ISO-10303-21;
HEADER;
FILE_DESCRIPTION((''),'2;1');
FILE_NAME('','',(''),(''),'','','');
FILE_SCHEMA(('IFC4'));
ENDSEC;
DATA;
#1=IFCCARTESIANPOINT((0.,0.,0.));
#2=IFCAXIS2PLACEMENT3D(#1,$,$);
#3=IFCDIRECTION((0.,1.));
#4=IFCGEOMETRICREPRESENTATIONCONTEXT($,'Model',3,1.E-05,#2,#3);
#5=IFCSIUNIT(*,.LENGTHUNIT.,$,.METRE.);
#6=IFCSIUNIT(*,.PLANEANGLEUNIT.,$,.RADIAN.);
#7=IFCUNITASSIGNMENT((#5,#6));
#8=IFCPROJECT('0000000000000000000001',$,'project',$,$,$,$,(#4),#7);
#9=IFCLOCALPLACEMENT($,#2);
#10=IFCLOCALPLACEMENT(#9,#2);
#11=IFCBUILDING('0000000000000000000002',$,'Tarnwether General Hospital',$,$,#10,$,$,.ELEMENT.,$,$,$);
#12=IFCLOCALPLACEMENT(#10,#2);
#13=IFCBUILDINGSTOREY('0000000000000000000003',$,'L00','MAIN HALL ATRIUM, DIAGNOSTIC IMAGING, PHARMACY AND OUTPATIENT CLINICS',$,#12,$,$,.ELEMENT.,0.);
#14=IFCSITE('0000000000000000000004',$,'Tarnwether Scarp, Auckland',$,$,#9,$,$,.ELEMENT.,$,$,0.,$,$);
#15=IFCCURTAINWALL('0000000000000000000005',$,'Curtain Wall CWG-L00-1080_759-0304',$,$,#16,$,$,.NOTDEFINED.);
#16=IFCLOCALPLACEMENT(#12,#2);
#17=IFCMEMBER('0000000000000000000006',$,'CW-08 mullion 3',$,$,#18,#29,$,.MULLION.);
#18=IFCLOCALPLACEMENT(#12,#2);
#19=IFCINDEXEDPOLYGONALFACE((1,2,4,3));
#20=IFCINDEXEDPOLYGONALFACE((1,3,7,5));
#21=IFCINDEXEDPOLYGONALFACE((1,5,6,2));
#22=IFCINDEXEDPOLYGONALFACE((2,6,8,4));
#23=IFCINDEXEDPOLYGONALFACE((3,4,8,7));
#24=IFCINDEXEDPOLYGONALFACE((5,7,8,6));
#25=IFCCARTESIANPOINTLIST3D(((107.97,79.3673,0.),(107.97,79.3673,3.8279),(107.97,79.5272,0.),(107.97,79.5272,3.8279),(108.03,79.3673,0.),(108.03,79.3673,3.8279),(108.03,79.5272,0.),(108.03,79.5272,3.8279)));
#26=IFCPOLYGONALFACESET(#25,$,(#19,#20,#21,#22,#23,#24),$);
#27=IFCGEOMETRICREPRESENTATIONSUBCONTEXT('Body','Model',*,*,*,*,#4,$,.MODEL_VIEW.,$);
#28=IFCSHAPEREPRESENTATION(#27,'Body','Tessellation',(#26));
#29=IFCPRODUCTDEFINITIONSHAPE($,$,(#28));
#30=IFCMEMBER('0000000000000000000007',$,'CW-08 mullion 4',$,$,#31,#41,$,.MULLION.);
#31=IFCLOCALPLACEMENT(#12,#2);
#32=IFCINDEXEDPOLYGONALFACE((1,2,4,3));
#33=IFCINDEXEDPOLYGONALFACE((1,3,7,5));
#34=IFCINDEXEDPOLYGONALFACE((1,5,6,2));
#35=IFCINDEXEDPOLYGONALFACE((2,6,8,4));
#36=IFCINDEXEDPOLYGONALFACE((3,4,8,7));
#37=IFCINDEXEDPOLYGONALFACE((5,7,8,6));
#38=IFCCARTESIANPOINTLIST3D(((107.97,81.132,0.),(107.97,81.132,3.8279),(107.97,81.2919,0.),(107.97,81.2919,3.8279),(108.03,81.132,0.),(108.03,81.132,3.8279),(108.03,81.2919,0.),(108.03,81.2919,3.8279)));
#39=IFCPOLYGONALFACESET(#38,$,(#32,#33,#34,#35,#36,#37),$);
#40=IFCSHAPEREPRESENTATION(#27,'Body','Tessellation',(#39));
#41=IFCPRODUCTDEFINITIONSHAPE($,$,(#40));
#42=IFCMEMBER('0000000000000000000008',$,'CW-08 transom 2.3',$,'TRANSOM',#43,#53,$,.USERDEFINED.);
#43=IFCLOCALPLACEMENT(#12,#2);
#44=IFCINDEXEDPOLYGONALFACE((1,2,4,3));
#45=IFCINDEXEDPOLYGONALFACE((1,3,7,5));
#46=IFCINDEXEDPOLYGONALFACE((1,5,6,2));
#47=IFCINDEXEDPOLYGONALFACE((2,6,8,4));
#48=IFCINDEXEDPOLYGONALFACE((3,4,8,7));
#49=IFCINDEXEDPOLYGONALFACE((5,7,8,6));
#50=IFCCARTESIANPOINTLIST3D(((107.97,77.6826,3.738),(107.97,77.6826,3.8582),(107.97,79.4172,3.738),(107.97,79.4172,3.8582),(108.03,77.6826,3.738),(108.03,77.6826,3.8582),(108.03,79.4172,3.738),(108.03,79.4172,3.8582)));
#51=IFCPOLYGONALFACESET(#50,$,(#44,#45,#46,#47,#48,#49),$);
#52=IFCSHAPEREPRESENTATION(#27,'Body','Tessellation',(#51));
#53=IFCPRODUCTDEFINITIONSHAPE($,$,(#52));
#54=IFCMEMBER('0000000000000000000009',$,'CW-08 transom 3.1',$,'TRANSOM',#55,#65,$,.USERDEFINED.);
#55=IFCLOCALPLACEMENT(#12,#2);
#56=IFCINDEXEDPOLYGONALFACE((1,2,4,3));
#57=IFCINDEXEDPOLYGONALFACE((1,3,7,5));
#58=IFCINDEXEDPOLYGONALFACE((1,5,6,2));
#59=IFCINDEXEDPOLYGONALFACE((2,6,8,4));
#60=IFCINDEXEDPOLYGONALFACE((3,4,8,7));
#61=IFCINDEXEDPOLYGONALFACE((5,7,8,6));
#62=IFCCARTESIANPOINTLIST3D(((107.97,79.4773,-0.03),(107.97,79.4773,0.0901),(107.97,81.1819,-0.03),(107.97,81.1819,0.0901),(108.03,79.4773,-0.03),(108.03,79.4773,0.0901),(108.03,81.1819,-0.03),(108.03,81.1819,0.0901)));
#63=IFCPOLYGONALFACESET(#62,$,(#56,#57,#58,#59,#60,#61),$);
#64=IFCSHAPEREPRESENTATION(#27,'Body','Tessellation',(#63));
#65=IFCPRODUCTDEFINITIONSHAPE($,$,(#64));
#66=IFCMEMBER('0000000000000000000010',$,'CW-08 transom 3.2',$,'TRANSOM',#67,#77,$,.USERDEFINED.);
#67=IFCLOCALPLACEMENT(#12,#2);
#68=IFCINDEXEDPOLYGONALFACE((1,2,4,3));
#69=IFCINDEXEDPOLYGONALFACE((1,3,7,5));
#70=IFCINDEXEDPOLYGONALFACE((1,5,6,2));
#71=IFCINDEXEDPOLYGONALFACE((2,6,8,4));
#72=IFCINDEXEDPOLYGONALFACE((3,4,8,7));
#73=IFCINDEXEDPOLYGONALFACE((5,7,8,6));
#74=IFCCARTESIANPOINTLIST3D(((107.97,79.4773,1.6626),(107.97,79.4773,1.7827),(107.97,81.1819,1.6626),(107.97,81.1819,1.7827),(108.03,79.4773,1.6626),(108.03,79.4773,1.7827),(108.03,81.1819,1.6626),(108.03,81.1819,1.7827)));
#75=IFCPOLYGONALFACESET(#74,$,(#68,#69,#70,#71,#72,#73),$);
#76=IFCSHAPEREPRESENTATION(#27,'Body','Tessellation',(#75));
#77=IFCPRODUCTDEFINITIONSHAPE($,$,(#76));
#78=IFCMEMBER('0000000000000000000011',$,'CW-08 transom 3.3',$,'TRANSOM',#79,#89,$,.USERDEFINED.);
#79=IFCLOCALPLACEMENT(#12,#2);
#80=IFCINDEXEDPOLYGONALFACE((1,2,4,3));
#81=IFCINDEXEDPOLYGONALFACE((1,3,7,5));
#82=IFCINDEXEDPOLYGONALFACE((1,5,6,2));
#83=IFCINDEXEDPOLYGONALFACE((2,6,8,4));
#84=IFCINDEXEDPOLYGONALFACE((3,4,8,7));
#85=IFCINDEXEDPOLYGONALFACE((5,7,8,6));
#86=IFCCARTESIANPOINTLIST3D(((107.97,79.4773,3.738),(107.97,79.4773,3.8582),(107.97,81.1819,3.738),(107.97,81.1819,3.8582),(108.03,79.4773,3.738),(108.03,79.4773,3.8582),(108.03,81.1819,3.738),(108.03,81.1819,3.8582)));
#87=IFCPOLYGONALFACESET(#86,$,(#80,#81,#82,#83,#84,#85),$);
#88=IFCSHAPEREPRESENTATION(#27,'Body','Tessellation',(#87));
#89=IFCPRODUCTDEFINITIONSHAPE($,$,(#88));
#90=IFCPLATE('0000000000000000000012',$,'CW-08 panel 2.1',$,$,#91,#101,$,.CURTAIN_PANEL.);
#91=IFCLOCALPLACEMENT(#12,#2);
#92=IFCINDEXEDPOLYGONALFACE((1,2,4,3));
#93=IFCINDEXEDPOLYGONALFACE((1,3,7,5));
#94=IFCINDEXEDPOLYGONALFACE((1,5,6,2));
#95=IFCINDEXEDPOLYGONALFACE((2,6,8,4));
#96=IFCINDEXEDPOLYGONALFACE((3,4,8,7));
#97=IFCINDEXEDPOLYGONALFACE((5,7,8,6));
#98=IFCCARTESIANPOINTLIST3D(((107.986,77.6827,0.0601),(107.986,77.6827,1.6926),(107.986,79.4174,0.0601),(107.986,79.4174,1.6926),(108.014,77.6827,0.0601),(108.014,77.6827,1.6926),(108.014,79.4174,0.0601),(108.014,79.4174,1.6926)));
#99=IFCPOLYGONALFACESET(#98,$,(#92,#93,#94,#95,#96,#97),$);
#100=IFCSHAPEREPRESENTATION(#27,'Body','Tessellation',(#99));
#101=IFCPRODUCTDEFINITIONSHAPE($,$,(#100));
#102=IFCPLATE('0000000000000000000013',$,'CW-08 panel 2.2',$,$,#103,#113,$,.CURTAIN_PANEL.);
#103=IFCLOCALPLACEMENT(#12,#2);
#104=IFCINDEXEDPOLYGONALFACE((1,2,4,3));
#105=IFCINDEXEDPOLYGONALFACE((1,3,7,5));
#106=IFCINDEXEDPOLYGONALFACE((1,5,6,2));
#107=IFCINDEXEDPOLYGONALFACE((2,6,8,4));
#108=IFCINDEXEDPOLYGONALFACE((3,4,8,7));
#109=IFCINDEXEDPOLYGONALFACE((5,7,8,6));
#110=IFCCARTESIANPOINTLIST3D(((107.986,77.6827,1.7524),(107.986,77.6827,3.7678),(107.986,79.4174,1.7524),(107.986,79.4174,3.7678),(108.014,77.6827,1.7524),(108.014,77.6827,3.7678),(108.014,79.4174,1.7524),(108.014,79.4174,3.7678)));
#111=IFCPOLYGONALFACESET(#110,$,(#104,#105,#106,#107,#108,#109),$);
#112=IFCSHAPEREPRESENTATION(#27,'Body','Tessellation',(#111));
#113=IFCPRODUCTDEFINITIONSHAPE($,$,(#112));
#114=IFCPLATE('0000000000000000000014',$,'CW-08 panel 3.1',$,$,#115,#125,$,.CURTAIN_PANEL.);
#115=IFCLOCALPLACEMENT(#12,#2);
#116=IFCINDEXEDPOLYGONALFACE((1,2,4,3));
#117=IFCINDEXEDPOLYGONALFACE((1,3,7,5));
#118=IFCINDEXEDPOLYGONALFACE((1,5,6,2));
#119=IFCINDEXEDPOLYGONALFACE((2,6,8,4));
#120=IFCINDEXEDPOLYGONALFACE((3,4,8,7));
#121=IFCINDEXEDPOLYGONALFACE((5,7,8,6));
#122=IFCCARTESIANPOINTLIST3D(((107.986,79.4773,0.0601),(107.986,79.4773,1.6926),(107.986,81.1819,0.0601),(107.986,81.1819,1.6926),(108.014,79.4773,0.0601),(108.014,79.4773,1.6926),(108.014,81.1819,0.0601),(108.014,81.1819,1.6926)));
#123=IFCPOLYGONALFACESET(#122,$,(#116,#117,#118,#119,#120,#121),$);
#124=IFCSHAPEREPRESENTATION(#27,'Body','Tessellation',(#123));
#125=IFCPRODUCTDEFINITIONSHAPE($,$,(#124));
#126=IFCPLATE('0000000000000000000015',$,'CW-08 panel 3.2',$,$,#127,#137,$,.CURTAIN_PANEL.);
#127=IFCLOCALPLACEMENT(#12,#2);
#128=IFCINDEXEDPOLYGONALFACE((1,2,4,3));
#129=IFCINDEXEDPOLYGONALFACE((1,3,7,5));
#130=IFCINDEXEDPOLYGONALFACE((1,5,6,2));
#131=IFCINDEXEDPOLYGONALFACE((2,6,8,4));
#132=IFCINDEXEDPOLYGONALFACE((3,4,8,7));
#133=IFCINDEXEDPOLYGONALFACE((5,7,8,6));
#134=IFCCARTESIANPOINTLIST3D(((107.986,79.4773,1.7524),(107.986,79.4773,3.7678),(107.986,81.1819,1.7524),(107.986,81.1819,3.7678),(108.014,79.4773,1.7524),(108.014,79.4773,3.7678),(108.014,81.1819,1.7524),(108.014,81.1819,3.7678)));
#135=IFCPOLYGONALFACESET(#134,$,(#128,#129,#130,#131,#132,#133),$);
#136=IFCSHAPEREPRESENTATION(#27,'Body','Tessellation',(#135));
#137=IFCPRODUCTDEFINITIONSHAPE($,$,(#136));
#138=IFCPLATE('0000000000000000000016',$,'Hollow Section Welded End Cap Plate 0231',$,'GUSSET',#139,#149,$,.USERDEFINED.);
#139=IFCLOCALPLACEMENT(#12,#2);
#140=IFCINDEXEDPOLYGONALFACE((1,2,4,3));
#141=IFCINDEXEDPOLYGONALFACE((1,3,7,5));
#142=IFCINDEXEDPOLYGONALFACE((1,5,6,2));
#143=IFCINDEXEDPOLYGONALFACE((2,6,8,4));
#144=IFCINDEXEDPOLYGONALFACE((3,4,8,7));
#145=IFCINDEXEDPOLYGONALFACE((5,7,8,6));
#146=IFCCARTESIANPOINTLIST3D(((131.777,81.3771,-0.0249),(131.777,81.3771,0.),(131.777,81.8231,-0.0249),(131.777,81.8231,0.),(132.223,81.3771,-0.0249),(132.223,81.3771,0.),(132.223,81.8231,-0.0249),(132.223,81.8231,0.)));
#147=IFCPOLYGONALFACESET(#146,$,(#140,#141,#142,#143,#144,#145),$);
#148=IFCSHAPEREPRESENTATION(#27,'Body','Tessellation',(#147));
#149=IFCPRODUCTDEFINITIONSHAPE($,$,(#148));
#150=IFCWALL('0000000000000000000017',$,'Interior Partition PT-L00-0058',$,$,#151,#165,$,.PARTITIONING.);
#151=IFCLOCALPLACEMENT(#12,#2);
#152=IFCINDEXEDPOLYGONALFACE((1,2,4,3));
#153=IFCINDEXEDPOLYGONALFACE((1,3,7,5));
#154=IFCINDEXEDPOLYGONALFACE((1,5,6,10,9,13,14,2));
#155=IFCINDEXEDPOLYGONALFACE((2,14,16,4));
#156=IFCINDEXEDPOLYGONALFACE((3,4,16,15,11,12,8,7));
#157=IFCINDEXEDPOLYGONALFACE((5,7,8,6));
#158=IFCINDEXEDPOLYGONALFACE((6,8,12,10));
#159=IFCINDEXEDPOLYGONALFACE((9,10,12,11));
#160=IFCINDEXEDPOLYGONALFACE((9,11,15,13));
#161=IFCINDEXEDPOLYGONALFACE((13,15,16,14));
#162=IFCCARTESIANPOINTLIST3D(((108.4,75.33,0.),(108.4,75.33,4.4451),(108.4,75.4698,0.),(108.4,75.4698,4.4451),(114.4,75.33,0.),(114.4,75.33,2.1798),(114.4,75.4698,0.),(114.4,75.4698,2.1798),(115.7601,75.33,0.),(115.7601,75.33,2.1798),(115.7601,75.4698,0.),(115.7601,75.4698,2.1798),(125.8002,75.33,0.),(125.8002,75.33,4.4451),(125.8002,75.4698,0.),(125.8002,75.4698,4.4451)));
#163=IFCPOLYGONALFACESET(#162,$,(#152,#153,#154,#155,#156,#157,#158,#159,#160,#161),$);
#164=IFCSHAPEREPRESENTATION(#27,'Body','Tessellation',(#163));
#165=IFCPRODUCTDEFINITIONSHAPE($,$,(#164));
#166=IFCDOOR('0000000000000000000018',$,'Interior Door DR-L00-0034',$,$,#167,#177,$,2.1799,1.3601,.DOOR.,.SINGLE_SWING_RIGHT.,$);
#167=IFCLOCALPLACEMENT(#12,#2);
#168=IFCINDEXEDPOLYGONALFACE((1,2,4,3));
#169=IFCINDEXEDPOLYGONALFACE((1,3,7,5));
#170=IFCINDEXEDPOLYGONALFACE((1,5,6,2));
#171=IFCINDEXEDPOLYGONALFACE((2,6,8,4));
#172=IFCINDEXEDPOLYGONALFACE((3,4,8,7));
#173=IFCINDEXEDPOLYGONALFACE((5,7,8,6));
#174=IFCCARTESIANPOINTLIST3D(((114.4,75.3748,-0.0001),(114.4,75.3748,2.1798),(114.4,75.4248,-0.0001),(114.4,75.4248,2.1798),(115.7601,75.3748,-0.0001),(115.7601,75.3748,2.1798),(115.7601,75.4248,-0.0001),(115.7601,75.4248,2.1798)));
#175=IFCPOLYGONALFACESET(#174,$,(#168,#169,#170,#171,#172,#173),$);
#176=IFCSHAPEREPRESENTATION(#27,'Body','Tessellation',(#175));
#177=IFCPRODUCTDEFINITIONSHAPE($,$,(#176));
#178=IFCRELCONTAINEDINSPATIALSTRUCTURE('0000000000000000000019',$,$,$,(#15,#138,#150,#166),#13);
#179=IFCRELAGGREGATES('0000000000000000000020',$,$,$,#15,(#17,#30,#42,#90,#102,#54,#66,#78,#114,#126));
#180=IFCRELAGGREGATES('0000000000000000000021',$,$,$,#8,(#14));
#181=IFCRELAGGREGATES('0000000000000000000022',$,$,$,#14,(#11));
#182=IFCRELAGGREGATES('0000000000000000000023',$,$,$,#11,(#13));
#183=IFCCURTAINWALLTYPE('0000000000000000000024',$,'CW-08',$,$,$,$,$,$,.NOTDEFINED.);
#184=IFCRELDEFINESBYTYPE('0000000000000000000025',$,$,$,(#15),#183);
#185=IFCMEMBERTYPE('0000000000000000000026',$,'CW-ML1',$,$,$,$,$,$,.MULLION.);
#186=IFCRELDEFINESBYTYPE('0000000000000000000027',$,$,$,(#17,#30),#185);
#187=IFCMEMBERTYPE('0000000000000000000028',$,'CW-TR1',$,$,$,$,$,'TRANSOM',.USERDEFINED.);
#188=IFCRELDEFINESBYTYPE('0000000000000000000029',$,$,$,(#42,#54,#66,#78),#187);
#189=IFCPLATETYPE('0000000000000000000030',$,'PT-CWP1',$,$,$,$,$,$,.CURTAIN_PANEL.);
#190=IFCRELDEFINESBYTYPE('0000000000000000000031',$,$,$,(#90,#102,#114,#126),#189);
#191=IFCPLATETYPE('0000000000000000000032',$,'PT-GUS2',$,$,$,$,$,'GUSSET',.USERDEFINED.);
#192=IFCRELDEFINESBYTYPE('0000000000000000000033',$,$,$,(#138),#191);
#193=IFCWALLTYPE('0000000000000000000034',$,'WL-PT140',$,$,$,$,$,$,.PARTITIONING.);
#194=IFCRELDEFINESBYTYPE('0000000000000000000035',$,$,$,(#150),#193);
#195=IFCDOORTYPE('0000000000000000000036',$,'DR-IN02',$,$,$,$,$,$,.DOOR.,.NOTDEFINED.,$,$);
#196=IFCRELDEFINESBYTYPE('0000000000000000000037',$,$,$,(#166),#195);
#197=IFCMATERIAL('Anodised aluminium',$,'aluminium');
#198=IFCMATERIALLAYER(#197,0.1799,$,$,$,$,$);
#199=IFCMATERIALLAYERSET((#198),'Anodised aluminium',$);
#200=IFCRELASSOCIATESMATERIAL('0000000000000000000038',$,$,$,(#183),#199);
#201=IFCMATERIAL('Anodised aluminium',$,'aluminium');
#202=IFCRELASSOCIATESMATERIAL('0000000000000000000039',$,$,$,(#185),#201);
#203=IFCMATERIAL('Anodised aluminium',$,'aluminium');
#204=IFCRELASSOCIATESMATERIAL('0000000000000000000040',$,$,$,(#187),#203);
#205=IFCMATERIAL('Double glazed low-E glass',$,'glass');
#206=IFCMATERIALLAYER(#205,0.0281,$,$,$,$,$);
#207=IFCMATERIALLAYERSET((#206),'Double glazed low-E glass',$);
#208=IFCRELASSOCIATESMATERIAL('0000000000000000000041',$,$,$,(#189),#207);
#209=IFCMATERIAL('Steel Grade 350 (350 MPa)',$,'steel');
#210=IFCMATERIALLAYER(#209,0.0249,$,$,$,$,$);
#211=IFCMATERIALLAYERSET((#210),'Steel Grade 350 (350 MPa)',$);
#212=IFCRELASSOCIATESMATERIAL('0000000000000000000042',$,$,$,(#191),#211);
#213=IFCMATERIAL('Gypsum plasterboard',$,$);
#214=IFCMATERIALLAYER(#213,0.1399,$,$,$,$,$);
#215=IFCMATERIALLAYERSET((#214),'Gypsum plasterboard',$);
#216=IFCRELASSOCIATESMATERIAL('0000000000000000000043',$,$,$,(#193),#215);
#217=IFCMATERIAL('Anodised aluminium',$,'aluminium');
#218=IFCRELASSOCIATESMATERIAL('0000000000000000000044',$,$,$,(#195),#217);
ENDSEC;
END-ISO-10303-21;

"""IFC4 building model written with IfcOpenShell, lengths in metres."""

from ifc_helpers import new_model, si_unit, direction, frame, frame_2d, origin, origin_2d, place, context, subcontext, project, spatial, rectangle, extrude, material, layer, layer_set, material_profile, profile_set, type_object, element, fill, aggregate, save


model = new_model("IFC4")

# Units and contexts
model_context = context("Model", 3, precision=1e-05, world=origin(), true_north=direction((0.0, 1.0)))
body_context = subcontext(model_context, "Body", "Model", "MODEL_VIEW")
ifc_project = project(units=[si_unit("LENGTHUNIT", "METRE"), si_unit("PLANEANGLEUNIT", "RADIAN")], contexts=[model_context])

# Site, building, storey
site_placement = place(None, origin())
site = spatial("IfcSite", under=ifc_project, at=site_placement, Name="Tarnwether Scarp, Auckland", CompositionType="ELEMENT", RefElevation=0.0)
building_placement = place(site_placement, origin())
building = spatial("IfcBuilding", under=site, at=building_placement, Name="Tarnwether General Hospital", CompositionType="ELEMENT")
storey_placement = place(building_placement, origin())
storey = spatial("IfcBuildingStorey", under=building, at=storey_placement, Name="L00", Description="MAIN HALL ATRIUM, DIAGNOSTIC IMAGING, PHARMACY AND OUTPATIENT CLINICS", CompositionType="ELEMENT", Elevation=0.0)

# Curtain wall, members, plates
ifc_material_1 = material(Name="Anodised aluminium", Category="aluminium")
ifc_layer_1 = layer(ifc_material_1, 0.1799)
ifc_layer_set_1 = layer_set([ifc_layer_1], Name="Anodised aluminium")
curtain_wall_type = type_object("IfcCurtainWallType", Name="CW-08", PredefinedType="NOTDEFINED", material=ifc_layer_set_1)
curtain_wall_placement = place(storey_placement, origin())
curtain_wall = element("IfcCurtainWall", 1, at=curtain_wall_placement, inside=storey, type_object=curtain_wall_type, Name="Curtain Wall CWG-L00-1080_759-0304", PredefinedType="NOTDEFINED")
ifc_material_2 = material(Name="Anodised aluminium", Category="aluminium")
ifc_material_profile_1 = material_profile(ifc_material_2, rectangle(XDim=0.0601, YDim=0.1599, at=origin_2d()), Name="ALU-MUL-60x160")
ifc_profile_set_1 = profile_set([ifc_material_profile_1], Name="Anodised aluminium")
member_type_1 = type_object("IfcMemberType", Name="CW-ML1", PredefinedType="MULLION", material=ifc_profile_set_1)
member_1_placement = place(storey_placement, frame((108.0, 79.4473, 0.0), z_axis=(0.0, 0.0, 1.0), x_axis=(-1.0, 0.0, 0.0)))
member_1 = element("IfcMember", 2, at=member_1_placement, type_object=member_type_1, Name="CW-08 mullion 3", PredefinedType="MULLION", context=body_context, shape_type="SweptSolid", body=[
    extrude(rectangle(XDim=0.0601, YDim=0.1599, at=origin_2d()), origin(), (0.0, 0.0, 1.0), 3.8279),
])
member_2_placement = place(storey_placement, frame((108.0, 81.2119, 0.0), z_axis=(0.0, 0.0, 1.0), x_axis=(-1.0, 0.0, 0.0)))
member_2 = element("IfcMember", 3, at=member_2_placement, type_object=member_type_1, Name="CW-08 mullion 4", PredefinedType="MULLION", context=body_context, shape_type="SweptSolid", body=[
    extrude(rectangle(XDim=0.0601, YDim=0.1599, at=origin_2d()), origin(), (0.0, 0.0, 1.0), 3.8279),
])
ifc_material_3 = material(Name="Anodised aluminium", Category="aluminium")
ifc_material_profile_2 = material_profile(ifc_material_3, rectangle(XDim=0.0601, YDim=0.1201, at=origin_2d()), Name="ALU-TRN-60x120")
ifc_profile_set_2 = profile_set([ifc_material_profile_2], Name="Anodised aluminium")
member_type_2 = type_object("IfcMemberType", Name="CW-TR1", ElementType="TRANSOM", PredefinedType="USERDEFINED", material=ifc_profile_set_2)
member_3_placement = place(storey_placement, frame((108.0, 77.6826, 3.7981), z_axis=(0.0, 1.0, 0.0), x_axis=(-1.0, 0.0, 0.0)))
member_3 = element("IfcMember", 4, at=member_3_placement, type_object=member_type_2, Name="CW-08 transom 2.3", ObjectType="TRANSOM", PredefinedType="USERDEFINED", context=body_context, shape_type="SweptSolid", body=[
    extrude(rectangle(XDim=0.0601, YDim=0.1201, at=origin_2d()), origin(), (0.0, 0.0, 1.0), 1.7346),
])
member_4_placement = place(storey_placement, frame((108.0, 79.4773, 0.03), z_axis=(0.0, 1.0, 0.0), x_axis=(-1.0, 0.0, 0.0)))
member_4 = element("IfcMember", 5, at=member_4_placement, type_object=member_type_2, Name="CW-08 transom 3.1", ObjectType="TRANSOM", PredefinedType="USERDEFINED", context=body_context, shape_type="SweptSolid", body=[
    extrude(rectangle(XDim=0.0601, YDim=0.1201, at=origin_2d()), origin(), (0.0, 0.0, 1.0), 1.7046),
])
member_5_placement = place(storey_placement, frame((108.0, 79.4773, 1.7227), z_axis=(0.0, 1.0, 0.0), x_axis=(-1.0, 0.0, 0.0)))
member_5 = element("IfcMember", 6, at=member_5_placement, type_object=member_type_2, Name="CW-08 transom 3.2", ObjectType="TRANSOM", PredefinedType="USERDEFINED", context=body_context, shape_type="SweptSolid", body=[
    extrude(rectangle(XDim=0.0601, YDim=0.1201, at=origin_2d()), origin(), (0.0, 0.0, 1.0), 1.7046),
])
member_6_placement = place(storey_placement, frame((108.0, 79.4773, 3.7981), z_axis=(0.0, 1.0, 0.0), x_axis=(-1.0, 0.0, 0.0)))
member_6 = element("IfcMember", 7, at=member_6_placement, type_object=member_type_2, Name="CW-08 transom 3.3", ObjectType="TRANSOM", PredefinedType="USERDEFINED", context=body_context, shape_type="SweptSolid", body=[
    extrude(rectangle(XDim=0.0601, YDim=0.1201, at=origin_2d()), origin(), (0.0, 0.0, 1.0), 1.7046),
])
ifc_material_4 = material(Name="Double glazed low-E glass", Category="glass")
ifc_layer_2 = layer(ifc_material_4, 0.0281)
ifc_layer_set_2 = layer_set([ifc_layer_2], Name="Double glazed low-E glass")
plate_type_1 = type_object("IfcPlateType", Name="PT-CWP1", PredefinedType="CURTAIN_PANEL", material=ifc_layer_set_2)
plate_1_placement = place(storey_placement, frame((108.0, 78.55, 0.0601), z_axis=(0.0, 0.0, 1.0), x_axis=(0.0, 1.0, 0.0)))
plate_1 = element("IfcPlate", 8, at=plate_1_placement, type_object=plate_type_1, Name="CW-08 panel 2.1", PredefinedType="CURTAIN_PANEL", context=body_context, shape_type="SweptSolid", body=[
    extrude(rectangle(XDim=1.7346, YDim=0.0281, at=origin_2d()), origin(), (0.0, 0.0, 1.0), 1.6326),
])
plate_2_placement = place(storey_placement, frame((108.0, 78.55, 1.7524), z_axis=(0.0, 0.0, 1.0), x_axis=(0.0, 1.0, 0.0)))
plate_2 = element("IfcPlate", 9, at=plate_2_placement, type_object=plate_type_1, Name="CW-08 panel 2.2", PredefinedType="CURTAIN_PANEL", context=body_context, shape_type="SweptSolid", body=[
    extrude(rectangle(XDim=1.7346, YDim=0.0281, at=origin_2d()), origin(), (0.0, 0.0, 1.0), 2.0154),
])
plate_3_placement = place(storey_placement, frame((108.0, 80.3296, 0.0601), z_axis=(0.0, 0.0, 1.0), x_axis=(0.0, 1.0, 0.0)))
plate_3 = element("IfcPlate", 10, at=plate_3_placement, type_object=plate_type_1, Name="CW-08 panel 3.1", PredefinedType="CURTAIN_PANEL", context=body_context, shape_type="SweptSolid", body=[
    extrude(rectangle(XDim=1.7046, YDim=0.0281, at=origin_2d()), origin(), (0.0, 0.0, 1.0), 1.6326),
])
plate_4_placement = place(storey_placement, frame((108.0, 80.3296, 1.7524), z_axis=(0.0, 0.0, 1.0), x_axis=(0.0, 1.0, 0.0)))
plate_4 = element("IfcPlate", 11, at=plate_4_placement, type_object=plate_type_1, Name="CW-08 panel 3.2", PredefinedType="CURTAIN_PANEL", context=body_context, shape_type="SweptSolid", body=[
    extrude(rectangle(XDim=1.7046, YDim=0.0281, at=origin_2d()), origin(), (0.0, 0.0, 1.0), 2.0154),
])
aggregate(curtain_wall, [member_1, member_2, member_3, plate_1, plate_2, member_4, member_5, member_6, plate_3, plate_4])

# Plate
ifc_material_5 = material(Name="Steel Grade 350 (350 MPa)", Category="steel")
ifc_layer_3 = layer(ifc_material_5, 0.0249)
ifc_layer_set_3 = layer_set([ifc_layer_3], Name="Steel Grade 350 (350 MPa)")
plate_type_2 = type_object("IfcPlateType", Name="PT-GUS2", ElementType="GUSSET", PredefinedType="USERDEFINED", material=ifc_layer_set_3)
plate_5_placement = place(storey_placement, frame((132.0, 81.6001, -0.0249), z_axis=(0.0, 0.0, 1.0), x_axis=(1.0, 0.0, 0.0)))
element("IfcPlate", 12, at=plate_5_placement, inside=storey, type_object=plate_type_2, Name="Hollow Section Welded End Cap Plate 0231", ObjectType="GUSSET", PredefinedType="USERDEFINED", context=body_context, shape_type="SweptSolid", body=[
    extrude(rectangle(XDim=0.446, YDim=0.446, at=origin_2d()), origin(), (0.0, 0.0, 1.0), 0.0249),
])

# Wall, opening, door
ifc_material_6 = material(Name="Gypsum plasterboard")
ifc_layer_4 = layer(ifc_material_6, 0.1399)
ifc_layer_set_4 = layer_set([ifc_layer_4], Name="Gypsum plasterboard")
wall_type = type_object("IfcWallType", Name="WL-PT140", PredefinedType="PARTITIONING", material=ifc_layer_set_4)
wall_1_placement = place(storey_placement, frame((108.3999, 75.3999, 0.0), z_axis=(0.0, 0.0, 1.0), x_axis=(1.0, 0.0, 0.0)))
wall_1 = element("IfcWall", 13, at=wall_1_placement, inside=storey, type_object=wall_type, Name="Interior Partition PT-L00-0058", PredefinedType="PARTITIONING", context=body_context, shape_type="SweptSolid", body=[
    extrude(rectangle(XDim=17.4001, YDim=0.1399, at=frame_2d((8.7002, 0.0))), origin(), (0.0, 0.0, 1.0), 4.4451),
])
opening_1_placement = place(wall_1_placement, frame((6.0, 0.0, 0.0)))
opening_1 = element("IfcOpeningElement", 14, at=opening_1_placement, cuts=wall_1, PredefinedType="OPENING", context=body_context, shape_type="SweptSolid", body=[
    extrude(rectangle(XDim=1.3601, YDim=2.1799, at=frame_2d((0.6802, 1.0898))), frame((0.0, 0.0801, 0.0), z_axis=(0.0, -1.0, 0.0), x_axis=(1.0, 0.0, 0.0)), (0.0, 0.0, 1.0), 0.1599),
])
ifc_material_7 = material(Name="Anodised aluminium", Category="aluminium")
door_type_1 = type_object("IfcDoorType", Name="DR-IN02", OperationType="NOTDEFINED", PredefinedType="DOOR", material=ifc_material_7)
door_1_placement = place(opening_1_placement, origin())
door_1 = element("IfcDoor", 15, at=door_1_placement, inside=storey, type_object=door_type_1, Name="Interior Door DR-L00-0034", OperationType="SINGLE_SWING_RIGHT", OverallHeight=2.1799, OverallWidth=1.3601, PredefinedType="DOOR", context=body_context, shape_type="SweptSolid", body=[
    extrude(rectangle(XDim=1.3601, YDim=2.1799, at=frame_2d((0.6802, 1.0898))), frame((0.0, 0.0249, 0.0), z_axis=(0.0, -1.0, 0.0), x_axis=(1.0, 0.0, 0.0)), (0.0, 0.0, 1.0), 0.05),
])
fill(opening_1, door_1)

save(model, "model.ifc")
